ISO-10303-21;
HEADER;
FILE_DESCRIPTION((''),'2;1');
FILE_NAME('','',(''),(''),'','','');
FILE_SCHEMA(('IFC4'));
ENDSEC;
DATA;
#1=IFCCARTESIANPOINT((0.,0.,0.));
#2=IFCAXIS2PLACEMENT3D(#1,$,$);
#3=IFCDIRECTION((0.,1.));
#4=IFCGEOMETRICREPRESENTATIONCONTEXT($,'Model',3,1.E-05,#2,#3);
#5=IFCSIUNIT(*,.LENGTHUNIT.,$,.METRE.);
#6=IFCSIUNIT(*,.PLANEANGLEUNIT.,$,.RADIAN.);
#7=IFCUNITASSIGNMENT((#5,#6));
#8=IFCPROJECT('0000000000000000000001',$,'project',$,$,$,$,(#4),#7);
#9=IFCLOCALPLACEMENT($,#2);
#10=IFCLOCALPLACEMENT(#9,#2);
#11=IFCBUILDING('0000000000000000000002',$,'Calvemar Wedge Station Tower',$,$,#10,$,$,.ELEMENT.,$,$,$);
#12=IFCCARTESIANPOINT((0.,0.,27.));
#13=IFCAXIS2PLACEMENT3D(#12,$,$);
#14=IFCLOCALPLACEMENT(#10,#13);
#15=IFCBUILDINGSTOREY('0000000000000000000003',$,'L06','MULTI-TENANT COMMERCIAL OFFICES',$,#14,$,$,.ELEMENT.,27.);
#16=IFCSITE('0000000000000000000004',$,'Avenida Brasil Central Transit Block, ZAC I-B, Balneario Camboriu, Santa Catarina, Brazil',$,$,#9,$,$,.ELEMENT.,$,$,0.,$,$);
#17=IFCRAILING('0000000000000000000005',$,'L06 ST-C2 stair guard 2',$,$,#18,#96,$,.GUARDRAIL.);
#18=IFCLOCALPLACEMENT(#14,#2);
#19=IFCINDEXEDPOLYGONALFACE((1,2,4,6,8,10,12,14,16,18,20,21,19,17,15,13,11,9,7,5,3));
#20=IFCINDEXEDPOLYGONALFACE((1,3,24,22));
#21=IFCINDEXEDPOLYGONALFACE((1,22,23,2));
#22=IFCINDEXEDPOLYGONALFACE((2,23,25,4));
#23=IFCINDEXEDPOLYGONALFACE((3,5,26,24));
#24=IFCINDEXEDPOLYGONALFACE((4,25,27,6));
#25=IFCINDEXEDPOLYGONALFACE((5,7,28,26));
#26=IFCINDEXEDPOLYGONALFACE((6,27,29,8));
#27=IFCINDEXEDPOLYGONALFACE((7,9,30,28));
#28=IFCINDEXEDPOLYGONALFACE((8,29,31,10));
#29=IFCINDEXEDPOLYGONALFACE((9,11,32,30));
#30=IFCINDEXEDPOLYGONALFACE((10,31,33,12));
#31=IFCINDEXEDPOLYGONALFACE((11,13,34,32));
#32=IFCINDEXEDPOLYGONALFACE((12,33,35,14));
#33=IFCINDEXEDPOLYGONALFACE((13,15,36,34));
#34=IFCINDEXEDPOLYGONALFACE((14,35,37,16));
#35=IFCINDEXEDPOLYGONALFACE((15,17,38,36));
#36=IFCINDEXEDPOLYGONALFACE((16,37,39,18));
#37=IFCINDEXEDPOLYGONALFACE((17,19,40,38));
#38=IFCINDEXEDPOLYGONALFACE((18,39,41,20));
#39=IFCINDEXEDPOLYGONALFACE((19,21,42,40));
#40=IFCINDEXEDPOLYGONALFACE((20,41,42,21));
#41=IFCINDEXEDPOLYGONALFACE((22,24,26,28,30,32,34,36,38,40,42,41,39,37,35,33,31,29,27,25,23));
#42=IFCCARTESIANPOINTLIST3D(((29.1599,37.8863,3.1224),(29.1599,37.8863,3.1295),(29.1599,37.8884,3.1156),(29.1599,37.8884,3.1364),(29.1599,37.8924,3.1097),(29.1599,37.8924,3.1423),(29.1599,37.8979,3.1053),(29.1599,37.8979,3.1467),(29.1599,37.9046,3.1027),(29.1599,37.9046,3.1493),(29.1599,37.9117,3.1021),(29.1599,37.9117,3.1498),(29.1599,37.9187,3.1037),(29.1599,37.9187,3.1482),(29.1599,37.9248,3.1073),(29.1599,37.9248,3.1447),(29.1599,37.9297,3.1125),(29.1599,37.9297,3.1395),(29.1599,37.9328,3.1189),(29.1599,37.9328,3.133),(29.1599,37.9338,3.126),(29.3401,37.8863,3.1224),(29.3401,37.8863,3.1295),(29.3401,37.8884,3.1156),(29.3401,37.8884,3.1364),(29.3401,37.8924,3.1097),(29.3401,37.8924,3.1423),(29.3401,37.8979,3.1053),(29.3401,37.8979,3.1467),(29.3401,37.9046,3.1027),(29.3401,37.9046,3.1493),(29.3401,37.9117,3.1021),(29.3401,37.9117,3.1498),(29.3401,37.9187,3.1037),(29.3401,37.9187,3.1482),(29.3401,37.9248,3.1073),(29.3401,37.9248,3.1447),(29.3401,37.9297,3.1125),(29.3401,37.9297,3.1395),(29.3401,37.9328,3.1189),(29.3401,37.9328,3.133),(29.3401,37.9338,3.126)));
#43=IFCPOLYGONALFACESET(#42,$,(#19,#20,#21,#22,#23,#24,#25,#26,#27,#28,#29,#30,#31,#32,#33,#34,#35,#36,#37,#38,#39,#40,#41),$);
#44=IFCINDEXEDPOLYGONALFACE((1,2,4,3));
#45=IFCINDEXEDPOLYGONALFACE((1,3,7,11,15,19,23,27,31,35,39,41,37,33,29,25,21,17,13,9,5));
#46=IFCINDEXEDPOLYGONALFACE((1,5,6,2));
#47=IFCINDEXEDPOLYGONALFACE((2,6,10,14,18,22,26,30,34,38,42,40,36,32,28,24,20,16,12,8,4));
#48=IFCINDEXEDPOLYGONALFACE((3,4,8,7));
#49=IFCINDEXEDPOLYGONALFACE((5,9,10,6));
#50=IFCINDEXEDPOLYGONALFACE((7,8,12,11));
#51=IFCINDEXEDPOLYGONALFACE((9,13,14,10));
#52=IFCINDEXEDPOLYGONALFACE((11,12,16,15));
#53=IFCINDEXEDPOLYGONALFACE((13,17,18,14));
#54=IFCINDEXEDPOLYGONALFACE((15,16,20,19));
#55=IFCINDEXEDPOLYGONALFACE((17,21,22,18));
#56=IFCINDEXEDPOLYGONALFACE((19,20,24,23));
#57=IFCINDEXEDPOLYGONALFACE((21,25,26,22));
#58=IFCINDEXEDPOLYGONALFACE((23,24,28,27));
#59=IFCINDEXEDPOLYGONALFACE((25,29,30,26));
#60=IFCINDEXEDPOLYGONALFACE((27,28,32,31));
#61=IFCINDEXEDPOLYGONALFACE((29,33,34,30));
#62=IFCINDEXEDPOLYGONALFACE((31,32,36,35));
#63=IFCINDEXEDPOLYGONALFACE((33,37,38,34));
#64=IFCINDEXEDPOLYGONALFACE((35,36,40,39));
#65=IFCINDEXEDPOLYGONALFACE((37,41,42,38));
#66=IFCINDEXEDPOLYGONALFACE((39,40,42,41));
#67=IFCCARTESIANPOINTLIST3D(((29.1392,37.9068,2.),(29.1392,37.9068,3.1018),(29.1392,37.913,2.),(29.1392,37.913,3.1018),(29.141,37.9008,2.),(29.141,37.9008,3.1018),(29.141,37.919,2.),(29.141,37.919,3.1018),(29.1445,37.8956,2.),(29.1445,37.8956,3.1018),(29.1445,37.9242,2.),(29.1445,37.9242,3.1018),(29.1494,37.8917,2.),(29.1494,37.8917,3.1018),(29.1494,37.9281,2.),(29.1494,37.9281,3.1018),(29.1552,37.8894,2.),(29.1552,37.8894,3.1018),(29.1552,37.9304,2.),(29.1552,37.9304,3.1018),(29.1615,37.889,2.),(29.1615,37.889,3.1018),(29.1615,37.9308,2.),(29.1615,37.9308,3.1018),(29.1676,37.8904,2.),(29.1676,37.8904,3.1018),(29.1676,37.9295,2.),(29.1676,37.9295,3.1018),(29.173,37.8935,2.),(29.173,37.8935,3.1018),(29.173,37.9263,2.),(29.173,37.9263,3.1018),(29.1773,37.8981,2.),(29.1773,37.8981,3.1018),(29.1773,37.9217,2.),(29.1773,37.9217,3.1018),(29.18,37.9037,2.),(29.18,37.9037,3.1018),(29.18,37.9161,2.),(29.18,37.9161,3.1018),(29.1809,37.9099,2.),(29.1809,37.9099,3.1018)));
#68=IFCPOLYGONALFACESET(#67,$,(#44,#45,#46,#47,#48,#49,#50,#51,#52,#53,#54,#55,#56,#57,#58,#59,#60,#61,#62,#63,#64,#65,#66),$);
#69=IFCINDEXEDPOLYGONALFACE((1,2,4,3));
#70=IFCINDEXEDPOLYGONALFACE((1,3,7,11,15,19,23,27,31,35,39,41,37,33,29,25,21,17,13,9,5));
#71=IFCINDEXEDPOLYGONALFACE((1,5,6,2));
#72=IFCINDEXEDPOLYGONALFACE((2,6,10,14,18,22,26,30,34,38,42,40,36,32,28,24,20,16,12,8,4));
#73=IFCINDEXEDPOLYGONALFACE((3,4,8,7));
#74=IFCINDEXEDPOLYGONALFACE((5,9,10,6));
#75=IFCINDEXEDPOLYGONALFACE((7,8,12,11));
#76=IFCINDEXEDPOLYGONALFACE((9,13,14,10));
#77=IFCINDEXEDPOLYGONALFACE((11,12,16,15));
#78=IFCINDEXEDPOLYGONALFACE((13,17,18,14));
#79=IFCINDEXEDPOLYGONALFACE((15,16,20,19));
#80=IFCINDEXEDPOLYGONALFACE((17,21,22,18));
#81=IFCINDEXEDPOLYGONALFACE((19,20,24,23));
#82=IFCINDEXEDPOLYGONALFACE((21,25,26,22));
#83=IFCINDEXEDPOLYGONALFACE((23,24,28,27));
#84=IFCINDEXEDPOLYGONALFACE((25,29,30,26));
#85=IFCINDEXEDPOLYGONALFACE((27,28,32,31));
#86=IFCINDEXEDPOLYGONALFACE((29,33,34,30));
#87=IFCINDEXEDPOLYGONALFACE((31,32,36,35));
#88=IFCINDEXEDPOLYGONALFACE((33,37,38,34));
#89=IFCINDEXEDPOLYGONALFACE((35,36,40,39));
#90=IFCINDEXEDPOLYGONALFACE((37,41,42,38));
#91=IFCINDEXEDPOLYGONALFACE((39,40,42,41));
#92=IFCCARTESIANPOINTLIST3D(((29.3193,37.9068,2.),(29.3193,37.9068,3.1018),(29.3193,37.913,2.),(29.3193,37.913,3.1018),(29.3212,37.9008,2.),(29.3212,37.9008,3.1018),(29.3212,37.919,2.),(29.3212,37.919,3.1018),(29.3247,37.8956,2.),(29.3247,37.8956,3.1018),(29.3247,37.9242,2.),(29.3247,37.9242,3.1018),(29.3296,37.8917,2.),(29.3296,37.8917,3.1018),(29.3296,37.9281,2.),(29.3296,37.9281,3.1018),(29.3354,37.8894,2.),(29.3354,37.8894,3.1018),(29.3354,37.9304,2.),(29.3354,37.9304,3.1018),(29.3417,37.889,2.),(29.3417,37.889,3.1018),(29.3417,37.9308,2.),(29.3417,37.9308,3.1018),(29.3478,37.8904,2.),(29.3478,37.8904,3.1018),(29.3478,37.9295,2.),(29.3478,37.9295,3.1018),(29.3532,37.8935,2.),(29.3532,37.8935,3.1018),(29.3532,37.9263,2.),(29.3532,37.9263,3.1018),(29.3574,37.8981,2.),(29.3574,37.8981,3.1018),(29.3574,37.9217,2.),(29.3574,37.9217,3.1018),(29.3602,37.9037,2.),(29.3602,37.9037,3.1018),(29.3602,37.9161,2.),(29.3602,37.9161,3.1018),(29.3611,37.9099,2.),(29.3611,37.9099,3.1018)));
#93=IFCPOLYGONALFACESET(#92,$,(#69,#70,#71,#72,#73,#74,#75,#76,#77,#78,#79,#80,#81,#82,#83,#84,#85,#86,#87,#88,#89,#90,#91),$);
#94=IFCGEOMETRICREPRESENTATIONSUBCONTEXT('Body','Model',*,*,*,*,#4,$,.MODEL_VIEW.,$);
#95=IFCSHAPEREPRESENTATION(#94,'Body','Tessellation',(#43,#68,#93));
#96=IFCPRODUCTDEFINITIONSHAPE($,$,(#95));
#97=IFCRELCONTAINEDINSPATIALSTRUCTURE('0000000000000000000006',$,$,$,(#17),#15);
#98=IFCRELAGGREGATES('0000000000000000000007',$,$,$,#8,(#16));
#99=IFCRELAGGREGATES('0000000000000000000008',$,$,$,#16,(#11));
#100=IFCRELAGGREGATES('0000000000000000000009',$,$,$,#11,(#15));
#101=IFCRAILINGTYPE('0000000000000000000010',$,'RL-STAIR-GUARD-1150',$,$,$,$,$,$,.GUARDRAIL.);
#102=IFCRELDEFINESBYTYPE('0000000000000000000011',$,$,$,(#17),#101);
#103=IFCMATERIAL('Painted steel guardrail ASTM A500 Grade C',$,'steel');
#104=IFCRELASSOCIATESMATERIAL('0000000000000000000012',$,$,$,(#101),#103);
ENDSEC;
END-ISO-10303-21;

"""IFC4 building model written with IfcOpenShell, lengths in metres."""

from ifc_helpers import new_model, si_unit, direction, frame, origin, origin_2d, place, context, subcontext, project, spatial, circle, extrude, material, type_object, element, save


model = new_model("IFC4")

# Units and contexts
model_context = context("Model", 3, precision=1e-05, world=origin(), true_north=direction((0.0, 1.0)))
body_context = subcontext(model_context, "Body", "Model", "MODEL_VIEW")
ifc_project = project(units=[si_unit("LENGTHUNIT", "METRE"), si_unit("PLANEANGLEUNIT", "RADIAN")], contexts=[model_context])

# Site, building, storey
site_placement = place(None, origin())
site = spatial("IfcSite", under=ifc_project, at=site_placement, Name="Avenida Brasil Central Transit Block, ZAC I-B, Balneario Camboriu, Santa Catarina, Brazil", CompositionType="ELEMENT", RefElevation=0.0)
building_placement = place(site_placement, origin())
building = spatial("IfcBuilding", under=site, at=building_placement, Name="Calvemar Wedge Station Tower", CompositionType="ELEMENT")
storey_placement = place(building_placement, frame((0.0, 0.0, 27.0)))
storey = spatial("IfcBuildingStorey", under=building, at=storey_placement, Name="L06", Description="MULTI-TENANT COMMERCIAL OFFICES", CompositionType="ELEMENT", Elevation=27.0)

# Railing
ifc_material_1 = material(Name="Painted steel guardrail ASTM A500 Grade C", Category="steel")
railing_type_1 = type_object("IfcRailingType", Name="RL-STAIR-GUARD-1150", PredefinedType="GUARDRAIL", material=ifc_material_1)
railing_1_placement = place(storey_placement, frame((29.1599, 37.9099, 2.0)))
element("IfcRailing", 1, at=railing_1_placement, inside=storey, type_object=railing_type_1, Name="L06 ST-C2 stair guard 2", PredefinedType="GUARDRAIL", context=body_context, shape_type="SweptSolid", body=[
    extrude(circle(Radius=0.0239, at=origin_2d()), frame((0.0, 0.0, 1.126), z_axis=(1.0, 0.0, 0.0), x_axis=(0.0, 1.0, 0.0)), (0.0, 0.0, 1.0), 0.1802),
    extrude(circle(Radius=0.021, at=origin_2d()), origin(), (0.0, 0.0, 1.0), 1.1018),
    extrude(circle(Radius=0.021, at=origin_2d()), frame((0.1802, 0.0, 0.0)), (0.0, 0.0, 1.0), 1.1018),
])

save(model, "model.ifc")
